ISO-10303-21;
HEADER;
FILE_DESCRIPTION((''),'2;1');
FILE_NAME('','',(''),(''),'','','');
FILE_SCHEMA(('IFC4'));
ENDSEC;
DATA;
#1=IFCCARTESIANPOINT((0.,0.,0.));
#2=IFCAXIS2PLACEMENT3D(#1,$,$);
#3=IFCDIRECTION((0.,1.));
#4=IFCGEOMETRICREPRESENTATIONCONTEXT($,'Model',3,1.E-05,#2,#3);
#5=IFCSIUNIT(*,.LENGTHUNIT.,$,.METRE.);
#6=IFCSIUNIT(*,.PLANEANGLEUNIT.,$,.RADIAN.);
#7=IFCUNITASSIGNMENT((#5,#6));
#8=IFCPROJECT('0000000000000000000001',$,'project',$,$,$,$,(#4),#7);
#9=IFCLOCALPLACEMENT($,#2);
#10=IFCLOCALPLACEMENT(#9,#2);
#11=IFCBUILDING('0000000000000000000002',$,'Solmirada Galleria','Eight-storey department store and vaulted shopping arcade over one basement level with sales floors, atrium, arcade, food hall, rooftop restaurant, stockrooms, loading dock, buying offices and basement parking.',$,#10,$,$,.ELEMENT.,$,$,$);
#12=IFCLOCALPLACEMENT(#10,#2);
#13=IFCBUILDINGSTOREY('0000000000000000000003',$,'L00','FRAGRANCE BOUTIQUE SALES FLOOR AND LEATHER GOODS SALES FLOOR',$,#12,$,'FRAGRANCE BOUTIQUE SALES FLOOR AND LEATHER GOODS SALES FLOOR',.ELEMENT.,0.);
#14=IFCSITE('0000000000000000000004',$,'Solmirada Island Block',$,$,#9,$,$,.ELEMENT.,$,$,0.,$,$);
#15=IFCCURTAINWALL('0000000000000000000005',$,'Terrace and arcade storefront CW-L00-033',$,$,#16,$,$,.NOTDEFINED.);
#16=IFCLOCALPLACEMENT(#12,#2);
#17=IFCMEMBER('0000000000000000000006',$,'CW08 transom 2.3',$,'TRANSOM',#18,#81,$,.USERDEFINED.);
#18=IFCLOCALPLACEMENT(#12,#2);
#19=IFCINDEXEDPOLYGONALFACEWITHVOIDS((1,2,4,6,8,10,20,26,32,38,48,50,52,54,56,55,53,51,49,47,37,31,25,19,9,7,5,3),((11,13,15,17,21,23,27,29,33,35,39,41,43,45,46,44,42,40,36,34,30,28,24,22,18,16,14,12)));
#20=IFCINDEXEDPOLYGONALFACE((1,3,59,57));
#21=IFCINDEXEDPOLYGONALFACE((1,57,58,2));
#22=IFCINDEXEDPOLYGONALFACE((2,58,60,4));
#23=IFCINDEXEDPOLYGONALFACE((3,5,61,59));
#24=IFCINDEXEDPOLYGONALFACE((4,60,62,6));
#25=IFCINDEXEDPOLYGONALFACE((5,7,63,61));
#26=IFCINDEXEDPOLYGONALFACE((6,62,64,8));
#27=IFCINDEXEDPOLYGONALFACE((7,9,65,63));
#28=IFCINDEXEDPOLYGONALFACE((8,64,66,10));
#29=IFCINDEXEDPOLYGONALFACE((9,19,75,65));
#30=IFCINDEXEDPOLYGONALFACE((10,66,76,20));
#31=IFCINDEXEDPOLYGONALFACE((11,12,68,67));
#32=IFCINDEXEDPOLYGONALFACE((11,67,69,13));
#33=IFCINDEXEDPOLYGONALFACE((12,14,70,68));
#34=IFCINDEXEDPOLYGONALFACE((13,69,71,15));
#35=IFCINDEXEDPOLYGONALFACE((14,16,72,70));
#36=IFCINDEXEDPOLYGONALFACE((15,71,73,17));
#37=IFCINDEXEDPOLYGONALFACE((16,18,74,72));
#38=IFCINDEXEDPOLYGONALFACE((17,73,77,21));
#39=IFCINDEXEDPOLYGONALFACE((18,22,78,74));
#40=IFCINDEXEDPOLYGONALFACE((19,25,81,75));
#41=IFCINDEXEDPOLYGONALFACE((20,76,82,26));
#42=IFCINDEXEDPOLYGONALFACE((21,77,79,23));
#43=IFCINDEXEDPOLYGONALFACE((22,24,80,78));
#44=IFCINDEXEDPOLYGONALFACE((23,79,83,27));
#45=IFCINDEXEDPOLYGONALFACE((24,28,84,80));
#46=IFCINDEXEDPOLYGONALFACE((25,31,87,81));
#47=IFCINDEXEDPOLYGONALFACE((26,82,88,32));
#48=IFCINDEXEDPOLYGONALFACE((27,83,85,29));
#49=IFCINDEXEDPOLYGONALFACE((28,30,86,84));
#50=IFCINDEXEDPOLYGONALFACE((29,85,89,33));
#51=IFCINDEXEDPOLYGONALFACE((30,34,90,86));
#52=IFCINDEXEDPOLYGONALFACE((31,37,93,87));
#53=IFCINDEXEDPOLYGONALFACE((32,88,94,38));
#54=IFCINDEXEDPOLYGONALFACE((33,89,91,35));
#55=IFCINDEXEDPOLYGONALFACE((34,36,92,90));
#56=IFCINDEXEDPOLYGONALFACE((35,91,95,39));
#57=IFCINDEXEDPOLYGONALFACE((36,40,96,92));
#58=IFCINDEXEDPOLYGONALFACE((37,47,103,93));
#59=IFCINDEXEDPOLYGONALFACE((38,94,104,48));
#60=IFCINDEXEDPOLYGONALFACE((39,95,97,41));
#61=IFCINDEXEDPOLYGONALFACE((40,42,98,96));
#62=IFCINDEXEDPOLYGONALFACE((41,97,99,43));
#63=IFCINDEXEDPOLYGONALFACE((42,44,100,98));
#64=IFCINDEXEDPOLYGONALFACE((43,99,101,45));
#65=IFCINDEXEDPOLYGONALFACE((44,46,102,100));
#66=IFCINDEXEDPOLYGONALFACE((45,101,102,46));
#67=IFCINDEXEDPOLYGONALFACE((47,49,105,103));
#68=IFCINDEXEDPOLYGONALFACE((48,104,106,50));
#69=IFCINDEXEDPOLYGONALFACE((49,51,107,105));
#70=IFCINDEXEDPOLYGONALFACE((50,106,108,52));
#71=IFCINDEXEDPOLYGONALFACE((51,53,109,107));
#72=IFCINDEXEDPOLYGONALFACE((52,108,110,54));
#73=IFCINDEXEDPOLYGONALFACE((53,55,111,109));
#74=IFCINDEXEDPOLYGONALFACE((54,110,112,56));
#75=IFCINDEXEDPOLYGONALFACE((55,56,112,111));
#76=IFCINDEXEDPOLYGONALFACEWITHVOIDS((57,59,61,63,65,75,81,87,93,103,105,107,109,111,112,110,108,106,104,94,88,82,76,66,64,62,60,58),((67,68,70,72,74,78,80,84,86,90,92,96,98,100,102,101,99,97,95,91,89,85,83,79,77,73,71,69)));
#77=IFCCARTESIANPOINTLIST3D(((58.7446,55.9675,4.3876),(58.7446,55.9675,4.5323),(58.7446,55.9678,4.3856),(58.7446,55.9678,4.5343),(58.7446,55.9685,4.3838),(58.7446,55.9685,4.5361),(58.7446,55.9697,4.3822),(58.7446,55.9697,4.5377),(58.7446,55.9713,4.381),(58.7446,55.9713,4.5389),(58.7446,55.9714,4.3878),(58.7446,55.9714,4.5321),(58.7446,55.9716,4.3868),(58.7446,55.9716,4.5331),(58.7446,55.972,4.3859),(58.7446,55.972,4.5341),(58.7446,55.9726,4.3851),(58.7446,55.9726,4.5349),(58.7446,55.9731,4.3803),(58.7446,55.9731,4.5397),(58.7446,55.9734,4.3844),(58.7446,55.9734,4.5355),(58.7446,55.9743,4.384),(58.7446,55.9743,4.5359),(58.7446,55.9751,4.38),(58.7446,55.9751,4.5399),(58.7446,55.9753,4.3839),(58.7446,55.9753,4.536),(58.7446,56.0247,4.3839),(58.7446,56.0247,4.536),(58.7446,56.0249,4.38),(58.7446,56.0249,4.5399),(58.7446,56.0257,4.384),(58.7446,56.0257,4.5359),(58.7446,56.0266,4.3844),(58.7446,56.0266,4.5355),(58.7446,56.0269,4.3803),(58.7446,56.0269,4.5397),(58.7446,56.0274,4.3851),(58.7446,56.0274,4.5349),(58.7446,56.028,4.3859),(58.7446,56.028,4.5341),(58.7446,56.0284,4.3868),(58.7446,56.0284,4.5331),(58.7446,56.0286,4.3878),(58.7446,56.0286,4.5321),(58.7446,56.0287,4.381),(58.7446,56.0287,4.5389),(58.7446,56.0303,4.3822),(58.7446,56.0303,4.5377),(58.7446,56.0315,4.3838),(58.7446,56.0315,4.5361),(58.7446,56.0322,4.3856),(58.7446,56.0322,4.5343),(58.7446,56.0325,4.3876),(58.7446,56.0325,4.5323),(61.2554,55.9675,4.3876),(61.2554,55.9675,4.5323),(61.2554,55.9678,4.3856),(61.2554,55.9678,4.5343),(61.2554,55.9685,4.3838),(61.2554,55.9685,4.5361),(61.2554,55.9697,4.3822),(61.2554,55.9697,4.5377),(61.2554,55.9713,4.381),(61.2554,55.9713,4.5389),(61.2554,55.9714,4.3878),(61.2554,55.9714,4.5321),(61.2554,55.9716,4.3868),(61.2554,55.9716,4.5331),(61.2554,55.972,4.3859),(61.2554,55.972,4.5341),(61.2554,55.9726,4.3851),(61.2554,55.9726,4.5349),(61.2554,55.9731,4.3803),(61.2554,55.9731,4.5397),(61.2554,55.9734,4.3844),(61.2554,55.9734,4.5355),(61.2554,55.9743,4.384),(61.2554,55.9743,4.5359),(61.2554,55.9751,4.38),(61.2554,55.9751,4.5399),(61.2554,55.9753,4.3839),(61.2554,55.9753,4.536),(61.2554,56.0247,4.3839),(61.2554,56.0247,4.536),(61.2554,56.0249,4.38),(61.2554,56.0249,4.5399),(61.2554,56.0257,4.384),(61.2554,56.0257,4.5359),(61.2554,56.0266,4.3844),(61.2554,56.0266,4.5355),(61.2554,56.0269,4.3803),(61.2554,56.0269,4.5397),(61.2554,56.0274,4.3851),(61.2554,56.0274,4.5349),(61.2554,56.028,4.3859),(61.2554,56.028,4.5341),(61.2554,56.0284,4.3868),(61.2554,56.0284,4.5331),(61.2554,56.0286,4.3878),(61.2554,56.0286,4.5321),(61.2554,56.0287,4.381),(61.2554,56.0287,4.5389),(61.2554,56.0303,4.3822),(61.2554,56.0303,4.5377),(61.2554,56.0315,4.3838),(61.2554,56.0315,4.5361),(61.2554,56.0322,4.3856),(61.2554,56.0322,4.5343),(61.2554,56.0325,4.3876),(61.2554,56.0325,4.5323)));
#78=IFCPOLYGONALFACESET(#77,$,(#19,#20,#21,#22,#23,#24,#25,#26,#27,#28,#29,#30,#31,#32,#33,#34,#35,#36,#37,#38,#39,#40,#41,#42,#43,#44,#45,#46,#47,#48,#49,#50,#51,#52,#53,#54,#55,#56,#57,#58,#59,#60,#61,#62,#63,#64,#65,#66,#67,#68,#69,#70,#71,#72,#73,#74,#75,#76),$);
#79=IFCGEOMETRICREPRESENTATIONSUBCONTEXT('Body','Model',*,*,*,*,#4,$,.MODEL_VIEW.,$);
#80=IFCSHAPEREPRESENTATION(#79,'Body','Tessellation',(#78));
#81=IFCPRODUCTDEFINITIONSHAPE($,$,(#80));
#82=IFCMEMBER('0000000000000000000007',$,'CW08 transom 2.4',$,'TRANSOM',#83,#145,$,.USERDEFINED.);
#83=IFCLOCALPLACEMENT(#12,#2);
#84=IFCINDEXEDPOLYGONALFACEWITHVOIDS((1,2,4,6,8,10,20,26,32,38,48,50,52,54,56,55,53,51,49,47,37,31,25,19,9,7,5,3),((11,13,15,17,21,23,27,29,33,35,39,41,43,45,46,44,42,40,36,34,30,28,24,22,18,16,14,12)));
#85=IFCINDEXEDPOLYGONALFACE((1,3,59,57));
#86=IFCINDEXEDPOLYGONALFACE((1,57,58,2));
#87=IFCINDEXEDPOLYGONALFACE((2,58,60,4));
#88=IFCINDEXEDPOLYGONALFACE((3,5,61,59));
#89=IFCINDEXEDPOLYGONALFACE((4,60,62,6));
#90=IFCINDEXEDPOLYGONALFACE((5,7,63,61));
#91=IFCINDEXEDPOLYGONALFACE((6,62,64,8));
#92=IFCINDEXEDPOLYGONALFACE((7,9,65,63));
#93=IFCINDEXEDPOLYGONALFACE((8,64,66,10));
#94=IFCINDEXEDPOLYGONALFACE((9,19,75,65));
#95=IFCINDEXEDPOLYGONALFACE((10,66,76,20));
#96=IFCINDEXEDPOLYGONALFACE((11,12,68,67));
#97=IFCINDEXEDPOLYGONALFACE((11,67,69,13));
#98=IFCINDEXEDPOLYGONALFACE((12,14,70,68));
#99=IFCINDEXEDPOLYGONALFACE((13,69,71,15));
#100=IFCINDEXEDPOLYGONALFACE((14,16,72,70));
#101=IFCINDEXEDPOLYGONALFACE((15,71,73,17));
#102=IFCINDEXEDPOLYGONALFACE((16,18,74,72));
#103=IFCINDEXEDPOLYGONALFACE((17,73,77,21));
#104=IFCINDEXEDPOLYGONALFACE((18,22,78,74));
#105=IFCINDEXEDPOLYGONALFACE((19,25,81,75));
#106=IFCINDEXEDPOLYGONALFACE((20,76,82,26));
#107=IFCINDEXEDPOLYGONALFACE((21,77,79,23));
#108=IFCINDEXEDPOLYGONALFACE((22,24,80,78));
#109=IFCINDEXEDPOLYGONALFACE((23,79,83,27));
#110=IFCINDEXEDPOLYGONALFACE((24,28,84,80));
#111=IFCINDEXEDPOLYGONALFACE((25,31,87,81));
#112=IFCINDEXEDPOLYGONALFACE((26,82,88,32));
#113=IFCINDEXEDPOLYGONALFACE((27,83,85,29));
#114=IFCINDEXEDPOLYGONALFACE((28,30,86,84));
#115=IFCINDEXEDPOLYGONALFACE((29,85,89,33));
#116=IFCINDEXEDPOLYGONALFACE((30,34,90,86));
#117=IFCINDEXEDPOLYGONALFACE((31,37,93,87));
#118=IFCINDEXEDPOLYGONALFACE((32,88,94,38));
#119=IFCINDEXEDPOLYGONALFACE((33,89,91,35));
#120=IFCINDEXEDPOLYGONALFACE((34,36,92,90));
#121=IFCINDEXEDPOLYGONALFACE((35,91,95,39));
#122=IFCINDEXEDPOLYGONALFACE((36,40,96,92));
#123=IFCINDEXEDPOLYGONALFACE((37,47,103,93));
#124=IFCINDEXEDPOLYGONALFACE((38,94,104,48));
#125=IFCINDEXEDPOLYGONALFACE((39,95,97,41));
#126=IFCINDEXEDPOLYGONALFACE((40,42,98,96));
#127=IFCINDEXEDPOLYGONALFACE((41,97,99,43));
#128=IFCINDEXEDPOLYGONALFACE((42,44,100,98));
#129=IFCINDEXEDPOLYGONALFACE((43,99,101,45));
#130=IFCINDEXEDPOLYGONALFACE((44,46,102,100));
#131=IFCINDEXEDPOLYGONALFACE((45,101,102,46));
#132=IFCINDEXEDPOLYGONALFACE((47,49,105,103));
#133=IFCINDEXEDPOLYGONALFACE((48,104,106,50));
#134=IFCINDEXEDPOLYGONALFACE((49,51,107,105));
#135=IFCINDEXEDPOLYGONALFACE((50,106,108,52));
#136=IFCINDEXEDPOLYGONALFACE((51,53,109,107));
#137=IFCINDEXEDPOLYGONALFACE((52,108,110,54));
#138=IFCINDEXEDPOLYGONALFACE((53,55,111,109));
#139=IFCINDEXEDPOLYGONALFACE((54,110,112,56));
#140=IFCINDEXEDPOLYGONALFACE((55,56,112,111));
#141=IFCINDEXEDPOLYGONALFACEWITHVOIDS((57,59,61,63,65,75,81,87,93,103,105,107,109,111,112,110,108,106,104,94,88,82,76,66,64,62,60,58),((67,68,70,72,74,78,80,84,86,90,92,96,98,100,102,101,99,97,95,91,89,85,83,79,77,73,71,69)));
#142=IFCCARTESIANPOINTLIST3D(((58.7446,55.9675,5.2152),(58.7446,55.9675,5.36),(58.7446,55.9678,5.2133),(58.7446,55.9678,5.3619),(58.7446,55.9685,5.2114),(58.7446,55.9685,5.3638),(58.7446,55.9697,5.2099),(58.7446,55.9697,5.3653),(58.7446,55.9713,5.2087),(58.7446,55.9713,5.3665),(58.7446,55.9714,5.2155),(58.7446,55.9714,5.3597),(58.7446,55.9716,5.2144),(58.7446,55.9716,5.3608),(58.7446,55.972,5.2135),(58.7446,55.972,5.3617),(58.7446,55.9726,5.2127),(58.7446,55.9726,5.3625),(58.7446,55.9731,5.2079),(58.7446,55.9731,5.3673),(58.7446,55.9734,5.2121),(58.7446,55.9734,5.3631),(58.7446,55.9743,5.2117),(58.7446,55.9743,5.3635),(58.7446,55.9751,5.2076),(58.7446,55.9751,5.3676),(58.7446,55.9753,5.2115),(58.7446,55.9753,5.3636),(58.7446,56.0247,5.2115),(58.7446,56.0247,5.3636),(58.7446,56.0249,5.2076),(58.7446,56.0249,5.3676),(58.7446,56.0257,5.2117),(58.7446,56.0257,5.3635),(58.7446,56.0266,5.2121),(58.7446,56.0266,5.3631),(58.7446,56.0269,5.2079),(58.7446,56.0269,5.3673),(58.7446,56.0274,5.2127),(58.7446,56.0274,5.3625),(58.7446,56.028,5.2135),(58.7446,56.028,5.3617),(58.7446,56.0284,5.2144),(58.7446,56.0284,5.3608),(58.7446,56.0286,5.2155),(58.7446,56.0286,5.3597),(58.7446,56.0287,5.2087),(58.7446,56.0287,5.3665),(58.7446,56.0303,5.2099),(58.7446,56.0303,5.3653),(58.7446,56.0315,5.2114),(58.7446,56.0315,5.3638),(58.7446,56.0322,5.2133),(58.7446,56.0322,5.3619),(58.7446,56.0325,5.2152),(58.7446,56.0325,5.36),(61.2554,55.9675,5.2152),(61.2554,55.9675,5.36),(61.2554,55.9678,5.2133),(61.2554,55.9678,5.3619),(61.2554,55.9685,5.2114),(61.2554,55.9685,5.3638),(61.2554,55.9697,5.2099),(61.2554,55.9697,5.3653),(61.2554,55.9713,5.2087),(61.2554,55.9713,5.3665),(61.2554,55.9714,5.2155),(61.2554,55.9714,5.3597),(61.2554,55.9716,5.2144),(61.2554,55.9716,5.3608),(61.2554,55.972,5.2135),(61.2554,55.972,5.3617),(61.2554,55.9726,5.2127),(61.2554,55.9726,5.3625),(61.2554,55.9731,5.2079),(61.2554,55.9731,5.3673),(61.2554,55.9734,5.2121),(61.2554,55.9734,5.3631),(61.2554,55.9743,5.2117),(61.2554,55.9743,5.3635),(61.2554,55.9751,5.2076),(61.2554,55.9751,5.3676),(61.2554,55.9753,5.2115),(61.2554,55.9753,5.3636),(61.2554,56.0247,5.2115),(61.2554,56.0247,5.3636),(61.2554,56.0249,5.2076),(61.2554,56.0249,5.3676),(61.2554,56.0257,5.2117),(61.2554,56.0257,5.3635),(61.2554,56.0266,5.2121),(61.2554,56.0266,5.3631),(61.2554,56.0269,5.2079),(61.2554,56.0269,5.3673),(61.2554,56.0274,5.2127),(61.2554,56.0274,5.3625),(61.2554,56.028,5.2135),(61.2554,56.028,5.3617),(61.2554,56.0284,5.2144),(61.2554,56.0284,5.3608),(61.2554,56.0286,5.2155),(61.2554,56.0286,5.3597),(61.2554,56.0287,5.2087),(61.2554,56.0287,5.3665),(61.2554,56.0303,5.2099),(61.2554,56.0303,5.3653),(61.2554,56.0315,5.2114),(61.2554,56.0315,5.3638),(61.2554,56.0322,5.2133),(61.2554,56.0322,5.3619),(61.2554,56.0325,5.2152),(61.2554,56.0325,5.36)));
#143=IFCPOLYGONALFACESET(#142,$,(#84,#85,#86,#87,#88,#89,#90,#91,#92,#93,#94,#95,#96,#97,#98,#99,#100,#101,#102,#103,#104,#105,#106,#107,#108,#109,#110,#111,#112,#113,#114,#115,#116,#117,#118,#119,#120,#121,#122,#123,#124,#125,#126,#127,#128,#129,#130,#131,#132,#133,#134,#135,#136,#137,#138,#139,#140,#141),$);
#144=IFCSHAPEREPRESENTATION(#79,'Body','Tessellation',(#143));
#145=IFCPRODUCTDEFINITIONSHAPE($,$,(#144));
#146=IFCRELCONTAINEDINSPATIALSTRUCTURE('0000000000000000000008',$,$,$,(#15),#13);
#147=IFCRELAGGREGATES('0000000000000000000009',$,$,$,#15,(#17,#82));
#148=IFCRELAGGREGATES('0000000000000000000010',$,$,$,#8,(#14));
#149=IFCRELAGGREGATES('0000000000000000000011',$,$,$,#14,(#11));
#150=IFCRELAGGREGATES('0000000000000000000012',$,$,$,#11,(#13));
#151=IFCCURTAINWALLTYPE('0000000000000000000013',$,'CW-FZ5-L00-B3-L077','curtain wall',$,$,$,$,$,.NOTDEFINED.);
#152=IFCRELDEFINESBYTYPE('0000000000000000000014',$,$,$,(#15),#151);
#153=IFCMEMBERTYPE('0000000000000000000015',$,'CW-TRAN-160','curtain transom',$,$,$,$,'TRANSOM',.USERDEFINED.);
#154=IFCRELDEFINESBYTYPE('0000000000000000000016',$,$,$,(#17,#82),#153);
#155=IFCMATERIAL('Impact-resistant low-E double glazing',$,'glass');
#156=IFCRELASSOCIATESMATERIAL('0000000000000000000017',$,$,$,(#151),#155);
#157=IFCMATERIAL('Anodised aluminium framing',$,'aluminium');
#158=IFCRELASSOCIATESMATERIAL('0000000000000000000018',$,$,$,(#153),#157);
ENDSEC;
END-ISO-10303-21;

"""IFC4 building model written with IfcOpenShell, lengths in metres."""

from ifc_helpers import new_model, si_unit, direction, frame, origin, origin_2d, place, context, subcontext, project, spatial, hollow_rectangle, extrude, material, material_profile, profile_set, type_object, element, aggregate, save


model = new_model("IFC4")

# Units and contexts
model_context = context("Model", 3, precision=1e-05, world=origin(), true_north=direction((0.0, 1.0)))
body_context = subcontext(model_context, "Body", "Model", "MODEL_VIEW")
ifc_project = project(units=[si_unit("LENGTHUNIT", "METRE"), si_unit("PLANEANGLEUNIT", "RADIAN")], contexts=[model_context])

# Site, building, storey
site_placement = place(None, origin())
site = spatial("IfcSite", under=ifc_project, at=site_placement, Name="Solmirada Island Block", CompositionType="ELEMENT", RefElevation=0.0)
building_placement = place(site_placement, origin())
building = spatial("IfcBuilding", under=site, at=building_placement, Name="Solmirada Galleria", Description="Eight-storey department store and vaulted shopping arcade over one basement level with sales floors, atrium, arcade, food hall, rooftop restaurant, stockrooms, loading dock, buying offices and basement parking.", CompositionType="ELEMENT")
storey_placement = place(building_placement, origin())
storey = spatial("IfcBuildingStorey", under=building, at=storey_placement, Name="L00", Description="FRAGRANCE BOUTIQUE SALES FLOOR AND LEATHER GOODS SALES FLOOR", LongName="FRAGRANCE BOUTIQUE SALES FLOOR AND LEATHER GOODS SALES FLOOR", CompositionType="ELEMENT", Elevation=0.0)

# Curtain wall
ifc_material_1 = material(Name="Impact-resistant low-E double glazing", Category="glass")
curtain_wall_type = type_object("IfcCurtainWallType", Name="CW-FZ5-L00-B3-L077", Description="curtain wall", PredefinedType="NOTDEFINED", material=ifc_material_1)
curtain_wall_1_placement = place(storey_placement, origin())
curtain_wall_1 = element("IfcCurtainWall", 1, at=curtain_wall_1_placement, inside=storey, type_object=curtain_wall_type, Name="Terrace and arcade storefront CW-L00-033", PredefinedType="NOTDEFINED")
ifc_material_2 = material(Name="Anodised aluminium framing", Category="aluminium")

# Members
ifc_material_profile_1 = material_profile(ifc_material_2, hollow_rectangle(XDim=0.0649, YDim=0.1599, WallThickness=0.0039, InnerFilletRadius=0.0039, OuterFilletRadius=0.0076, at=origin_2d()), Name="ALU-TRAN-160X65")
ifc_profile_set_1 = profile_set([ifc_material_profile_1], Name="Anodised aluminium framing")
member_type_1 = type_object("IfcMemberType", Name="CW-TRAN-160", Description="curtain transom", ElementType="TRANSOM", PredefinedType="USERDEFINED", material=ifc_profile_set_1)
member_1_placement = place(storey_placement, frame((61.2554, 56.0, 4.46), z_axis=(-1.0, 0.0, 0.0), x_axis=(0.0, -1.0, 0.0)))
member_1 = element("IfcMember", 2, at=member_1_placement, type_object=member_type_1, Name="CW08 transom 2.3", ObjectType="TRANSOM", PredefinedType="USERDEFINED", context=body_context, shape_type="SweptSolid", body=[
    extrude(hollow_rectangle(XDim=0.0649, YDim=0.1599, WallThickness=0.0039, InnerFilletRadius=0.0039, OuterFilletRadius=0.0076, at=origin_2d()), origin(), (0.0, 0.0, 1.0), 2.5107),
])
member_2_placement = place(storey_placement, frame((61.2554, 56.0, 5.2876), z_axis=(-1.0, 0.0, 0.0), x_axis=(0.0, -1.0, 0.0)))
member_2 = element("IfcMember", 3, at=member_2_placement, type_object=member_type_1, Name="CW08 transom 2.4", ObjectType="TRANSOM", PredefinedType="USERDEFINED", context=body_context, shape_type="SweptSolid", body=[
    extrude(hollow_rectangle(XDim=0.0649, YDim=0.1599, WallThickness=0.0039, InnerFilletRadius=0.0039, OuterFilletRadius=0.0076, at=origin_2d()), origin(), (0.0, 0.0, 1.0), 2.5107),
])

aggregate(curtain_wall_1, [member_1, member_2])

save(model, "model.ifc")
